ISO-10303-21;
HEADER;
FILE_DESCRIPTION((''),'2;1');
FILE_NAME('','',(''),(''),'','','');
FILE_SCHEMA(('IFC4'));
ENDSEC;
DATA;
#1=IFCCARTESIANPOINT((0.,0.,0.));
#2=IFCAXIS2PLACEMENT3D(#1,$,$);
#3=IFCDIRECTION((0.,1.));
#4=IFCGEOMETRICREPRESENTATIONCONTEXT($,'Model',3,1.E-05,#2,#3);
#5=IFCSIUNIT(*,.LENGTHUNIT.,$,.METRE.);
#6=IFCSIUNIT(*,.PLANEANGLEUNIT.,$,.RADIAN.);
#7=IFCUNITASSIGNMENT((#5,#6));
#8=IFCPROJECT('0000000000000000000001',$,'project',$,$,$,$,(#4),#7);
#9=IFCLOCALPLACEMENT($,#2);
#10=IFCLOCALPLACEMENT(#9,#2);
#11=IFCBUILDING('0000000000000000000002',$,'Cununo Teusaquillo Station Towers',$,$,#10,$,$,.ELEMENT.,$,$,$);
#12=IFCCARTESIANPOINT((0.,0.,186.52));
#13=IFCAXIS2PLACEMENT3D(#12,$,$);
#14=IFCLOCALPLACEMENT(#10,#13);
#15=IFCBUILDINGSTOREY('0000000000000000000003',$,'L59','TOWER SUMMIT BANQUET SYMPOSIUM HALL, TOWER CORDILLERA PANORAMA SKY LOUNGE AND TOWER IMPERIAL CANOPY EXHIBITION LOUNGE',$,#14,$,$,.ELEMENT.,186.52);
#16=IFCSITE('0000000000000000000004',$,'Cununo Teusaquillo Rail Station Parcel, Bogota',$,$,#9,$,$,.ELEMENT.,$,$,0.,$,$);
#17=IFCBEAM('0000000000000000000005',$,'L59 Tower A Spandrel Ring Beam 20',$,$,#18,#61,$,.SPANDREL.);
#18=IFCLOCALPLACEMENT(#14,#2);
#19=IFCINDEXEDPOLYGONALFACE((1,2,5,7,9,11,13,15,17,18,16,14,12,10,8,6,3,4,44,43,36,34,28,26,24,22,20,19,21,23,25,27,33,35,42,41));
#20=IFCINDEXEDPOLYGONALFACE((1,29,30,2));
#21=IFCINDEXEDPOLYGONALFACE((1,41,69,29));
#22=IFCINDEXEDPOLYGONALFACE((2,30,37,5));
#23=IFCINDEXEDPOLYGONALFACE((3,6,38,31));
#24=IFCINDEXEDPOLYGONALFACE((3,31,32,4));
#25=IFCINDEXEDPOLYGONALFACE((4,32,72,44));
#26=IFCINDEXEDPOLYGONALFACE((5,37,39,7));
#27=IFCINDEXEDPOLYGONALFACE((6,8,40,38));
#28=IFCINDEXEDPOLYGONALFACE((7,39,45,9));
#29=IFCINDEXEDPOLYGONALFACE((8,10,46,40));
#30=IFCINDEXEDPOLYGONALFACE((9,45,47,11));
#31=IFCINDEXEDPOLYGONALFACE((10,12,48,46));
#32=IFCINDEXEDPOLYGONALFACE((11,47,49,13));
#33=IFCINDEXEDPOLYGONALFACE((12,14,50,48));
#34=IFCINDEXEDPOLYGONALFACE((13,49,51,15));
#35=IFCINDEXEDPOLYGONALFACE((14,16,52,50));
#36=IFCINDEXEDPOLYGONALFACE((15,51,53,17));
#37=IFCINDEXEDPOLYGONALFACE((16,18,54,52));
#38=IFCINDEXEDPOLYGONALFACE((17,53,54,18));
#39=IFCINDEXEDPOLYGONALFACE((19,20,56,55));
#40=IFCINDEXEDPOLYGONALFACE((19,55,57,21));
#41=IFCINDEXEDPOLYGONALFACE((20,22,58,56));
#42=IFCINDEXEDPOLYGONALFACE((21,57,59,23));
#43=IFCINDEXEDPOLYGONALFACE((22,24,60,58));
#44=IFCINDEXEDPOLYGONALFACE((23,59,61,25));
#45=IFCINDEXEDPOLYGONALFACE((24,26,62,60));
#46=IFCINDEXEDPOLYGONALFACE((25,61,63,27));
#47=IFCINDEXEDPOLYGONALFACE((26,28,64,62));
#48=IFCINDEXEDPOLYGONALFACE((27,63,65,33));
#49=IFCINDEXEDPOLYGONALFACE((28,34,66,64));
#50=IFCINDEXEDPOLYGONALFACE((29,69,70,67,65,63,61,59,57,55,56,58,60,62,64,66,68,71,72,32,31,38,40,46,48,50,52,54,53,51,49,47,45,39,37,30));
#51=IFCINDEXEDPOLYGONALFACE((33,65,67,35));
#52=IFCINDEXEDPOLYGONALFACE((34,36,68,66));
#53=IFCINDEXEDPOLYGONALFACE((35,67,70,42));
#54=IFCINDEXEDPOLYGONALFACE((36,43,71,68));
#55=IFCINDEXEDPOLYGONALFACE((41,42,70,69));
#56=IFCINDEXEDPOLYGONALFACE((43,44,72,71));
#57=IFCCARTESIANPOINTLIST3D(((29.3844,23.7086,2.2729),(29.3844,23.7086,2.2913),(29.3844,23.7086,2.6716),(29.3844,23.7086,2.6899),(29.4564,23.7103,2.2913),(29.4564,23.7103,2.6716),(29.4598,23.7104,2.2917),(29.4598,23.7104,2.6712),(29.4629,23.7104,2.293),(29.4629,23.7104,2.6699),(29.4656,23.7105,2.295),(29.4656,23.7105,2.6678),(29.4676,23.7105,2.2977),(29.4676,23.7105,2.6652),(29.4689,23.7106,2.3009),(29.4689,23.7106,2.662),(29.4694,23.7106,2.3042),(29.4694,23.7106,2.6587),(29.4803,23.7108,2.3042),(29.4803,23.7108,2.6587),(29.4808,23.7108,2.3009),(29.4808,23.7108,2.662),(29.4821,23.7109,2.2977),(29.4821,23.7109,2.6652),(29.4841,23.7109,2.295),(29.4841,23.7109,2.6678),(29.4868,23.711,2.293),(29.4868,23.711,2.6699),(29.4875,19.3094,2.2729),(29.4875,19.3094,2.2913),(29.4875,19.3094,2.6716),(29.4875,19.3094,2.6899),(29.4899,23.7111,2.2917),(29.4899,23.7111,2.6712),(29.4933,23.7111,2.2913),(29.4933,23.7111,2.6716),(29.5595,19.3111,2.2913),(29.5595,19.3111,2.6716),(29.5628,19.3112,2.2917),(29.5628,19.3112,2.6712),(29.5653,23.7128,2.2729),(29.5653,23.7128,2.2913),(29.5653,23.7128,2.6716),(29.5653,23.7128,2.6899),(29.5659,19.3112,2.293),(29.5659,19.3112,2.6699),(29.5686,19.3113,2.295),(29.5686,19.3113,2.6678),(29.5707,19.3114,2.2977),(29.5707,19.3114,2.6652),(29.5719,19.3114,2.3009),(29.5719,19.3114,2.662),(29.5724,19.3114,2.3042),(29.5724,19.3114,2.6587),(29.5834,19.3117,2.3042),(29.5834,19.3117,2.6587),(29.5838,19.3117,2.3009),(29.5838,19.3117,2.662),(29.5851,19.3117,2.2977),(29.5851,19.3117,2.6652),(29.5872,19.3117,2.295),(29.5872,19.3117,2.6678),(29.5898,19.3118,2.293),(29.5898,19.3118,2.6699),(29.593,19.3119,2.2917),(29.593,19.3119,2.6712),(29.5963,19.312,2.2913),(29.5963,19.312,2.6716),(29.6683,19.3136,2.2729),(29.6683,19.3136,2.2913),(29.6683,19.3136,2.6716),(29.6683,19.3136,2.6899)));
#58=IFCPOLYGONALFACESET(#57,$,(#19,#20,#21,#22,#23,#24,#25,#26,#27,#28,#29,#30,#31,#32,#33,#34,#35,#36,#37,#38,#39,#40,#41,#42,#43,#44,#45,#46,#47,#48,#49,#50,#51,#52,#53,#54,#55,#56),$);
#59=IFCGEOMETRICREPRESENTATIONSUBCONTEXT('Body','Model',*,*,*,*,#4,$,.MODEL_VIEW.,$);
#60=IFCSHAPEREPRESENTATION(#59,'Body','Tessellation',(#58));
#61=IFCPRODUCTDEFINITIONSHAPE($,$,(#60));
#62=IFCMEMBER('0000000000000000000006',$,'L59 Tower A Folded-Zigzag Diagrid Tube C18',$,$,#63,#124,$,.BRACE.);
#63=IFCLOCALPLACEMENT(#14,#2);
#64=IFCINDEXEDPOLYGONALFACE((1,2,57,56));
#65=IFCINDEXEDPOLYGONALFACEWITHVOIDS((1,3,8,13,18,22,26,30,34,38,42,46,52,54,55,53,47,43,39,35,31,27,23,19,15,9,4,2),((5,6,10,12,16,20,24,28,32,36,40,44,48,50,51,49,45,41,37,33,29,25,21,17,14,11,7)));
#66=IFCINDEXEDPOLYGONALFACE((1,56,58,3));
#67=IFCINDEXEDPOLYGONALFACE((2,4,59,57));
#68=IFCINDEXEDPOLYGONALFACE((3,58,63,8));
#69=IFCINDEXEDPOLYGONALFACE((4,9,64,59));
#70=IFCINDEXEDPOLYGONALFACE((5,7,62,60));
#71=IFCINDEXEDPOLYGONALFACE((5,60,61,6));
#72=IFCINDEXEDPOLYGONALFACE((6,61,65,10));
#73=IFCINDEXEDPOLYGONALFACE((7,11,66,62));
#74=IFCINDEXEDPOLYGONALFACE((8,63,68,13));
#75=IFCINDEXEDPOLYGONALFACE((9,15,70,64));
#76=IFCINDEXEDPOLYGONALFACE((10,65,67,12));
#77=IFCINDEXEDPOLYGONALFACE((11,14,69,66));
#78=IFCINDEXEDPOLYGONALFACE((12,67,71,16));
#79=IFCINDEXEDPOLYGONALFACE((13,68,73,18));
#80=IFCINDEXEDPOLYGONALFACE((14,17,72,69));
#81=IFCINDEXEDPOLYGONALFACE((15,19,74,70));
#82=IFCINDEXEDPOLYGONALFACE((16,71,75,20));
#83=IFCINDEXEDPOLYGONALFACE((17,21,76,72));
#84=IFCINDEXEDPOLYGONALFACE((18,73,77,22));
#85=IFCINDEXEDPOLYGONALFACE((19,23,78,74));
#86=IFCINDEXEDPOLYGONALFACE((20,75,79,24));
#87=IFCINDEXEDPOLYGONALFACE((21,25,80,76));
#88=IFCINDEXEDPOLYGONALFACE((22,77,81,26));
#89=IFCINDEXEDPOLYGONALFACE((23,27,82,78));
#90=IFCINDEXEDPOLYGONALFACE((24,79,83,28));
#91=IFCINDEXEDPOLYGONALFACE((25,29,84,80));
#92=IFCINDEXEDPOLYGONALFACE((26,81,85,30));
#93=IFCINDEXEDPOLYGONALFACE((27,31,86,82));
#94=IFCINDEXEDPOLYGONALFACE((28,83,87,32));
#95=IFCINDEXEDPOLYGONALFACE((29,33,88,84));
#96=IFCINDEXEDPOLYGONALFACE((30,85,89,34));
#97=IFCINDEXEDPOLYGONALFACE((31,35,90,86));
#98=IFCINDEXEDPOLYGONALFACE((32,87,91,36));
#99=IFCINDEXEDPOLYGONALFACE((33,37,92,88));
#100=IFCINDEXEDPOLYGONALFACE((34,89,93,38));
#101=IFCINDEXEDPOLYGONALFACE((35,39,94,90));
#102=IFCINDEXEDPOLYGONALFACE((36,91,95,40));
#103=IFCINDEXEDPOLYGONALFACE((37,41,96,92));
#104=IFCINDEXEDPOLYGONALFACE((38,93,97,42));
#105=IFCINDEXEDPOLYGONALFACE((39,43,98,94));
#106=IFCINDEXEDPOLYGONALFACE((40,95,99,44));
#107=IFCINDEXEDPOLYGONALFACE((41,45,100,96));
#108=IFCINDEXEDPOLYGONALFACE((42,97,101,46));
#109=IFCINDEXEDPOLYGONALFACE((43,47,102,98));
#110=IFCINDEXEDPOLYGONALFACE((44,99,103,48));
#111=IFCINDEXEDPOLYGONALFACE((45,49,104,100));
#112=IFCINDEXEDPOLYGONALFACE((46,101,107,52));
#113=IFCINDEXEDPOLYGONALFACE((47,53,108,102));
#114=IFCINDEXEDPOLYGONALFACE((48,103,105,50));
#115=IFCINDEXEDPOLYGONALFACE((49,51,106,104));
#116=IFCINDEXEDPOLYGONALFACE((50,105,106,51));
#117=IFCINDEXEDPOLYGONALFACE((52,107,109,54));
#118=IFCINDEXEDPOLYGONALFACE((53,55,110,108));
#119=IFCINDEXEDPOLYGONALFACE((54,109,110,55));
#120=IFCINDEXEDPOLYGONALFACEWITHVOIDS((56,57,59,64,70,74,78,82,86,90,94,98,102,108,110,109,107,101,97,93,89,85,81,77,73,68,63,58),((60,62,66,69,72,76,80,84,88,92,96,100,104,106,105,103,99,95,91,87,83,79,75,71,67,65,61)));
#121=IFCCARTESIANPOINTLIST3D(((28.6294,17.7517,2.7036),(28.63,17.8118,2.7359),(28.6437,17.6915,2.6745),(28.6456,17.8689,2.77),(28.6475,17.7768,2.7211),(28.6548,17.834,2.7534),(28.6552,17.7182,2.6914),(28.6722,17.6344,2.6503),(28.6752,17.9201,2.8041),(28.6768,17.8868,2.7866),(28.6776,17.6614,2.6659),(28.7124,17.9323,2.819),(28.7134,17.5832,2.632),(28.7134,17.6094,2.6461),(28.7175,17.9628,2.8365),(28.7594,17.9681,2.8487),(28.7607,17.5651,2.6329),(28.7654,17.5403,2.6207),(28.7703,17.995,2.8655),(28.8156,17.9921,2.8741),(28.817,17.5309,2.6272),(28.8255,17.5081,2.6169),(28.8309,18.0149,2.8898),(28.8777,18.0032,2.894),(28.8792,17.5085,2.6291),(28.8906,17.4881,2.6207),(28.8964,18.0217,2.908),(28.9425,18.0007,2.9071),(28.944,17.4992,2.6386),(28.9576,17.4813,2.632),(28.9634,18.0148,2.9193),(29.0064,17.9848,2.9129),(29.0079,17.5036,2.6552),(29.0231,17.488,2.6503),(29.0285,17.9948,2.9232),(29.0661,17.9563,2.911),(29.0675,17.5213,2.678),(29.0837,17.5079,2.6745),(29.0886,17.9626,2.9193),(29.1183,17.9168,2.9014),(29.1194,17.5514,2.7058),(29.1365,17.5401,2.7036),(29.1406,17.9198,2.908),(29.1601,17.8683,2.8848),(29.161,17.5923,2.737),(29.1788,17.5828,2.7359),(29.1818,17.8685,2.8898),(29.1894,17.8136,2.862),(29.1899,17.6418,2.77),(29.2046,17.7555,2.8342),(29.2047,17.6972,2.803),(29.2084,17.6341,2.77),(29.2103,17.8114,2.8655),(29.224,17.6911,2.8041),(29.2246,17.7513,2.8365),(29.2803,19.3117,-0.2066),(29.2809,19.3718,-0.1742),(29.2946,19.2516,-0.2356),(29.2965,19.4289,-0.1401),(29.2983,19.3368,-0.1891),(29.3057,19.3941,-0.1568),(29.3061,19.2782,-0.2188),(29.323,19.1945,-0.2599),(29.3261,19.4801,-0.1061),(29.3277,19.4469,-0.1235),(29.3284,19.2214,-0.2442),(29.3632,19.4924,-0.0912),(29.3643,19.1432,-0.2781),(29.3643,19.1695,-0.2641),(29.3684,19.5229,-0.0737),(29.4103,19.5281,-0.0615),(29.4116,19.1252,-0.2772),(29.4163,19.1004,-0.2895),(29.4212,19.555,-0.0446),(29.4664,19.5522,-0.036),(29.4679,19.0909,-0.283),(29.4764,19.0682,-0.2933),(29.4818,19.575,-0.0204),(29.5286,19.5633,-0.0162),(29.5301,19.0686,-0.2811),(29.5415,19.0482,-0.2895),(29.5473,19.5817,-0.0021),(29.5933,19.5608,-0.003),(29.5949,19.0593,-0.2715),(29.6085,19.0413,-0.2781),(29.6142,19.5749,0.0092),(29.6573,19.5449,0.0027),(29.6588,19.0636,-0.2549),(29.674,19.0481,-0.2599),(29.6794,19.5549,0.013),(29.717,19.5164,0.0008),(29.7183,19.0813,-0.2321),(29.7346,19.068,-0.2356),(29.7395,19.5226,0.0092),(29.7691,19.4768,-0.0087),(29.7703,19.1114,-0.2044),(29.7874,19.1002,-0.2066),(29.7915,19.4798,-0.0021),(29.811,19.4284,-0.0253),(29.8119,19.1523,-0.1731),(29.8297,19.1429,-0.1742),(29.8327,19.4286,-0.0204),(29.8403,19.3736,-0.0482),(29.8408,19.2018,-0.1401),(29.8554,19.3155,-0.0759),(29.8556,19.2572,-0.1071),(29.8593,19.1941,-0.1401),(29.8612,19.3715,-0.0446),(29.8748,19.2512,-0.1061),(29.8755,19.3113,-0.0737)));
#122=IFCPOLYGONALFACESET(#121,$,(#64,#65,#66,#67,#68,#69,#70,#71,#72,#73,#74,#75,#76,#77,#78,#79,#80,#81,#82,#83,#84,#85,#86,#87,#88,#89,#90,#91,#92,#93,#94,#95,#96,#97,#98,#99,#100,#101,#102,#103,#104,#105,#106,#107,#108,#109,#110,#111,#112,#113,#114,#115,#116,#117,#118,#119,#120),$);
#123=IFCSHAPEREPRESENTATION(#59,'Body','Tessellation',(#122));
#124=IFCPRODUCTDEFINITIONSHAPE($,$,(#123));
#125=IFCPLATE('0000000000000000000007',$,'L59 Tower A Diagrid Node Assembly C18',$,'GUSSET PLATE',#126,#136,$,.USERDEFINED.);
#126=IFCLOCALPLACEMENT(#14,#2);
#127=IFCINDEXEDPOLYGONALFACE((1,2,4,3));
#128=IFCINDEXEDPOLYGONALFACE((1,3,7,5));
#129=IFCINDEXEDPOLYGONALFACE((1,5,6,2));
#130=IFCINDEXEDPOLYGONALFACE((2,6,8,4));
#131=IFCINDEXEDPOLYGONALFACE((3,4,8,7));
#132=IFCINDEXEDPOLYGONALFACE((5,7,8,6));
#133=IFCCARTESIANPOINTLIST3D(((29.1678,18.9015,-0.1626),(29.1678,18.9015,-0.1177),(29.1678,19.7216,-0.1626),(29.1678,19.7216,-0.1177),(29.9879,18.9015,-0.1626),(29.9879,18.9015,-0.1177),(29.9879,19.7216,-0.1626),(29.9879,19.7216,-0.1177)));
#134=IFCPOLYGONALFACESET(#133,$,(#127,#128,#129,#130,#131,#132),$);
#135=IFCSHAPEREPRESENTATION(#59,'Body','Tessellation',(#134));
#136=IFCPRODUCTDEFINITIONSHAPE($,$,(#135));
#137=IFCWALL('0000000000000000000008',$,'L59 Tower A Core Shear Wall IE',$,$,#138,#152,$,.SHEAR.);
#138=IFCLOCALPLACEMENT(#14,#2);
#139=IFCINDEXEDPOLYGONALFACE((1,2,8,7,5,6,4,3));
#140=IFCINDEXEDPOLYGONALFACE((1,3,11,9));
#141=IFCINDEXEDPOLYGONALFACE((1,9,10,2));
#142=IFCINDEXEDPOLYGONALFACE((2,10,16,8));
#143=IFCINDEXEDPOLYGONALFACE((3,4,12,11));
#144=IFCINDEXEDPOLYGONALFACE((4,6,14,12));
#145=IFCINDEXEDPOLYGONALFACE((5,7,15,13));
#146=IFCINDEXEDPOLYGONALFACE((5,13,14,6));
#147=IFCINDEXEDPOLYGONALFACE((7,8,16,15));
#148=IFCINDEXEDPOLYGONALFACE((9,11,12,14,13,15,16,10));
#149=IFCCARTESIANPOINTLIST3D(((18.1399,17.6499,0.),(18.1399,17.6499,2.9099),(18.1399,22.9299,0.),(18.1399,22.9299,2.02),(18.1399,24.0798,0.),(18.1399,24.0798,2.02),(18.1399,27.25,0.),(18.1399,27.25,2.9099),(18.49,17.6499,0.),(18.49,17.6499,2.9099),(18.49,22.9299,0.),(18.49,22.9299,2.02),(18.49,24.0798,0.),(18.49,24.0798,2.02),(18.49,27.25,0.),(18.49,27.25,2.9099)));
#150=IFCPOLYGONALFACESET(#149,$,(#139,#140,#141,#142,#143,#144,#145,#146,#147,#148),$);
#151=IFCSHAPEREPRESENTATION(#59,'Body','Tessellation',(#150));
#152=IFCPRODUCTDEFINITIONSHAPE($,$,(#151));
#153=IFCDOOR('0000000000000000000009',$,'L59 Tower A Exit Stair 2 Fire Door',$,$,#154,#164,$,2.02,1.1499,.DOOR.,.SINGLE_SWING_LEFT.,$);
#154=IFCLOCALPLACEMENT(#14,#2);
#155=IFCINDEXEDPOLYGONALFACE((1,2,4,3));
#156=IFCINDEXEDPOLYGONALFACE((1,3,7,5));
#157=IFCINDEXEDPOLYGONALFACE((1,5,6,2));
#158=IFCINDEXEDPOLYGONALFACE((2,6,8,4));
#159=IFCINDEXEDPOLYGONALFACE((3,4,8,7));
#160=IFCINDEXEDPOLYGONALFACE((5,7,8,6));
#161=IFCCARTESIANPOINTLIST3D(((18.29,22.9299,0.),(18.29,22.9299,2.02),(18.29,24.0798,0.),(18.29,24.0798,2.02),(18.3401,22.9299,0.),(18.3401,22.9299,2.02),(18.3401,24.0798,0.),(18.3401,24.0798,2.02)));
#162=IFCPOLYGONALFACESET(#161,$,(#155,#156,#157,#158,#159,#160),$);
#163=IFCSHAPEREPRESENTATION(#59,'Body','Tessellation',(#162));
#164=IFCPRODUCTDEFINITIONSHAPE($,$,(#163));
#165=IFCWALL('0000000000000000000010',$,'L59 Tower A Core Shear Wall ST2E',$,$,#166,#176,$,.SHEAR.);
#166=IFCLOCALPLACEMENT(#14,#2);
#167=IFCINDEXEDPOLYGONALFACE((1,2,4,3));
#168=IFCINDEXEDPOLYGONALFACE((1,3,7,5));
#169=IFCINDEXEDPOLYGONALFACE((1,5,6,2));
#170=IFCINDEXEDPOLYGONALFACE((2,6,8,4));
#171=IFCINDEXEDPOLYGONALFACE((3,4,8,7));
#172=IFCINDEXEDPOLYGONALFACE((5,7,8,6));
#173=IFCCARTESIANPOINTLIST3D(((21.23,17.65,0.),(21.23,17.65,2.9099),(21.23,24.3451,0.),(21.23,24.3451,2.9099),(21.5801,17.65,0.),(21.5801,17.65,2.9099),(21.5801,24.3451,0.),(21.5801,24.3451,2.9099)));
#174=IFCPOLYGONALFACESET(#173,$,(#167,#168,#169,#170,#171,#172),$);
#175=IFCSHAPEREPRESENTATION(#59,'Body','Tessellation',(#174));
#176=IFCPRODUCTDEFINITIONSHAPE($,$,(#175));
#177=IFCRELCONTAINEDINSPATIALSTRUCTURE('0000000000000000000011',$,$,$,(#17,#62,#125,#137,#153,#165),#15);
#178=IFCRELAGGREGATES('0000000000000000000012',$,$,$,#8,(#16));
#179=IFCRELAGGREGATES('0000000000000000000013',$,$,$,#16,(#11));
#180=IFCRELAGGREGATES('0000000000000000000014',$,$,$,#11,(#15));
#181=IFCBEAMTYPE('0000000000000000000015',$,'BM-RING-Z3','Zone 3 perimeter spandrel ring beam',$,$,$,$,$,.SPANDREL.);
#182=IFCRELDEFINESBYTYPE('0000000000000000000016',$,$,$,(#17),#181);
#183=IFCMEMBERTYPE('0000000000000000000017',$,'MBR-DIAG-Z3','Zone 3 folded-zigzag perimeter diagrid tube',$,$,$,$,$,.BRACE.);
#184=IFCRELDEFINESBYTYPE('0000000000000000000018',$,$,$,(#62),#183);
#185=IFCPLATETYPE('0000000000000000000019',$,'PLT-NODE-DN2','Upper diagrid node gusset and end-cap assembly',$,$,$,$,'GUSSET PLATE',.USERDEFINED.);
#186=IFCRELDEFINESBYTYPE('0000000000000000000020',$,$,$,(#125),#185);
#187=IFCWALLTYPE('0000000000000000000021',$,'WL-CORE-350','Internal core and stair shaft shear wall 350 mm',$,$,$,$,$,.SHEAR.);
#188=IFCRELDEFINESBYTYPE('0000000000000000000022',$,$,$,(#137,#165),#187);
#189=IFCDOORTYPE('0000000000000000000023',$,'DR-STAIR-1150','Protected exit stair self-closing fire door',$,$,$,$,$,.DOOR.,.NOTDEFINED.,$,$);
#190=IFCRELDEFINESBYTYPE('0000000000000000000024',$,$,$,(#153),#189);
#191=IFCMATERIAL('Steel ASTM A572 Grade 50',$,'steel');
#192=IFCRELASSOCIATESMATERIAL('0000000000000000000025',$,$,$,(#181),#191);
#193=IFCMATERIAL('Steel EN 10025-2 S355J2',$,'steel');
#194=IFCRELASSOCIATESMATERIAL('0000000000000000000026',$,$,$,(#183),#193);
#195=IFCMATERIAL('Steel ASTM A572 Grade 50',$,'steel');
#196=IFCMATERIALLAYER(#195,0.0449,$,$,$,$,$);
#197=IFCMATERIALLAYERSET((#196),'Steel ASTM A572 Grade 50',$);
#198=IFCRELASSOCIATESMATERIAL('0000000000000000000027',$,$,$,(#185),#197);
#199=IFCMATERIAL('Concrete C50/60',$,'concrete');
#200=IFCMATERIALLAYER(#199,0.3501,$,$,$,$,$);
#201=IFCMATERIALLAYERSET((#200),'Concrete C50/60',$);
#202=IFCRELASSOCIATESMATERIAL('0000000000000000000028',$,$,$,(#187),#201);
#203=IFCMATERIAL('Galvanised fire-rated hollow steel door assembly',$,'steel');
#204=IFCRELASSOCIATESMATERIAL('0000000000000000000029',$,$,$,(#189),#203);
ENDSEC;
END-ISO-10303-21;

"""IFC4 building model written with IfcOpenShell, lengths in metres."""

from ifc_helpers import new_model, si_unit, direction, frame, frame_2d, origin, origin_2d, place, context, subcontext, project, spatial, rectangle, hollow_circle, i_section, extrude, source, transform, mapped, material, layer, layer_set, material_profile, profile_set, type_object, element, fill, save


model = new_model("IFC4")

# Units and contexts
model_context = context("Model", 3, precision=1e-05, world=origin(), true_north=direction((0.0, 1.0)))
body_context = subcontext(model_context, "Body", "Model", "MODEL_VIEW")
ifc_project = project(units=[si_unit("LENGTHUNIT", "METRE"), si_unit("PLANEANGLEUNIT", "RADIAN")], contexts=[model_context])

# Site, building, storey
site_placement = place(None, origin())
site = spatial("IfcSite", under=ifc_project, at=site_placement, Name="Cununo Teusaquillo Rail Station Parcel, Bogota", CompositionType="ELEMENT", RefElevation=0.0)
building_placement = place(site_placement, origin())
building = spatial("IfcBuilding", under=site, at=building_placement, Name="Cununo Teusaquillo Station Towers", CompositionType="ELEMENT")
storey_placement = place(building_placement, frame((0.0, 0.0, 186.52)))
storey = spatial("IfcBuildingStorey", under=building, at=storey_placement, Name="L59", Description="TOWER SUMMIT BANQUET SYMPOSIUM HALL, TOWER CORDILLERA PANORAMA SKY LOUNGE AND TOWER IMPERIAL CANOPY EXHIBITION LOUNGE", CompositionType="ELEMENT", Elevation=186.52)

# Beam
ifc_material_1 = material(Name="Steel ASTM A572 Grade 50", Category="steel")
ifc_material_profile_1 = material_profile(ifc_material_1, i_section(OverallWidth=0.1809, OverallDepth=0.417, WebThickness=0.011, FlangeThickness=0.0183, FilletRadius=0.0129, at=origin_2d()), Name="W16X57")
ifc_profile_set_1 = profile_set([ifc_material_profile_1], Name="Steel ASTM A572 Grade 50")
beam_type_1 = type_object("IfcBeamType", Name="BM-RING-Z3", Description="Zone 3 perimeter spandrel ring beam", PredefinedType="SPANDREL", material=ifc_profile_set_1)
beam_1_placement = place(storey_placement, frame((29.5779, 19.3115, 2.4814), z_axis=(-0.023413, 0.999726, 0.0), x_axis=(-0.999726, -0.023413, 0.0)))
element("IfcBeam", 1, at=beam_1_placement, inside=storey, type_object=beam_type_1, Name="L59 Tower A Spandrel Ring Beam 20", PredefinedType="SPANDREL", context=body_context, shape_type="SweptSolid", body=[
    extrude(i_section(OverallWidth=0.1809, OverallDepth=0.417, WebThickness=0.011, FlangeThickness=0.0183, FilletRadius=0.0129, at=origin_2d()), origin(), (0.0, 0.0, 1.0), 4.4004),
])

# Member
ifc_material_2 = material(Name="Steel EN 10025-2 S355J2", Category="steel")
ifc_material_profile_2 = material_profile(ifc_material_2, hollow_circle(Radius=0.3049, WallThickness=0.02, at=origin_2d()), Name="CHS 610x20")
ifc_profile_set_2 = profile_set([ifc_material_profile_2], Name="Steel EN 10025-2 S355J2")
member_type = type_object("IfcMemberType", Name="MBR-DIAG-Z3", Description="Zone 3 folded-zigzag perimeter diagrid tube", PredefinedType="BRACE", material=ifc_profile_set_2)
member_placement = place(storey_placement, frame((29.5779, 19.3115, -0.1401), z_axis=(-0.193399, -0.463548, 0.864708), x_axis=(0.922897, -0.385046, 0.0)))
element("IfcMember", 2, at=member_placement, inside=storey, type_object=member_type, Name="L59 Tower A Folded-Zigzag Diagrid Tube C18", PredefinedType="BRACE", context=body_context, shape_type="SweptSolid", body=[
    extrude(hollow_circle(Radius=0.3049, WallThickness=0.02, at=origin_2d()), origin(), (0.0, 0.0, 1.0), 3.3655),
])

# Plate
ifc_material_3 = material(Name="Steel ASTM A572 Grade 50", Category="steel")
ifc_layer_1 = layer(ifc_material_3, 0.0449)
ifc_layer_set_1 = layer_set([ifc_layer_1], Name="Steel ASTM A572 Grade 50")
plate_type = type_object("IfcPlateType", Name="PLT-NODE-DN2", Description="Upper diagrid node gusset and end-cap assembly", ElementType="GUSSET PLATE", PredefinedType="USERDEFINED", material=ifc_layer_set_1)
shared_shape_1 = source(origin(), body_context, "Body", "SweptSolid", [
    extrude(rectangle(XDim=0.8201, YDim=0.8201, at=origin_2d()), origin(), (0.0, 0.0, 1.0), 0.0449),
])
plate_placement = place(storey_placement, frame((29.5779, 19.3115, -0.1626), z_axis=(0.0, 0.0, 1.0), x_axis=(1.0, 0.0, 0.0)))
element("IfcPlate", 3, at=plate_placement, inside=storey, type_object=plate_type, Name="L59 Tower A Diagrid Node Assembly C18", ObjectType="GUSSET PLATE", PredefinedType="USERDEFINED", context=body_context, shape_type="MappedRepresentation", body=[
    mapped(shared_shape_1, transform((0.0, 0.0, 0.0), x_axis=(1.0, 0.0, 0.0), y_axis=(0.0, 1.0, 0.0), z_axis=(0.0, 0.0, 1.0), scale=1.0)),
])

# Wall, opening, door
ifc_material_4 = material(Name="Concrete C50/60", Category="concrete")
ifc_layer_2 = layer(ifc_material_4, 0.3501)
ifc_layer_set_2 = layer_set([ifc_layer_2], Name="Concrete C50/60")
wall_type_1 = type_object("IfcWallType", Name="WL-CORE-350", Description="Internal core and stair shaft shear wall 350 mm", PredefinedType="SHEAR", material=ifc_layer_set_2)
wall_1_placement = place(storey_placement, frame((18.3149, 17.6499, 0.0), z_axis=(0.0, 0.0, 1.0), x_axis=(0.0, 1.0, 0.0)))
wall_1 = element("IfcWall", 4, at=wall_1_placement, inside=storey, type_object=wall_type_1, Name="L59 Tower A Core Shear Wall IE", PredefinedType="SHEAR", context=body_context, shape_type="SweptSolid", body=[
    extrude(rectangle(XDim=9.6001, YDim=0.3501, at=frame_2d((4.8, 0.0))), origin(), (0.0, 0.0, 1.0), 2.9099),
])
shared_shape_2 = source(origin(), body_context, "Body", "SweptSolid", [
    extrude(rectangle(XDim=1.1499, YDim=2.02, at=frame_2d((0.575, 1.01))), frame((0.0, 0.1851, 0.0), z_axis=(0.0, -1.0, 0.0), x_axis=(1.0, 0.0, 0.0)), (0.0, 0.0, 1.0), 0.3701),
])
opening_1_placement = place(wall_1_placement, frame((5.28, 0.0, 0.0)))
opening_1 = element("IfcOpeningElement", 5, at=opening_1_placement, cuts=wall_1, PredefinedType="OPENING", context=body_context, shape_type="MappedRepresentation", body=[
    mapped(shared_shape_2, transform((0.0, 0.0, 0.0), x_axis=(1.0, 0.0, 0.0), y_axis=(0.0, 1.0, 0.0), z_axis=(0.0, 0.0, 1.0), scale=1.0)),
])
ifc_material_5 = material(Name="Galvanised fire-rated hollow steel door assembly", Category="steel")
door_type_1 = type_object("IfcDoorType", Name="DR-STAIR-1150", Description="Protected exit stair self-closing fire door", OperationType="NOTDEFINED", PredefinedType="DOOR", material=ifc_material_5)
shared_shape_3 = source(origin(), body_context, "Body", "SweptSolid", [
    extrude(rectangle(XDim=1.1499, YDim=2.02, at=frame_2d((0.575, 1.01))), frame((0.0, 0.0249, 0.0), z_axis=(0.0, -1.0, 0.0), x_axis=(1.0, 0.0, 0.0)), (0.0, 0.0, 1.0), 0.05),
])
door_1_placement = place(opening_1_placement, origin())
door_1 = element("IfcDoor", 6, at=door_1_placement, inside=storey, type_object=door_type_1, Name="L59 Tower A Exit Stair 2 Fire Door", OperationType="SINGLE_SWING_LEFT", OverallHeight=2.02, OverallWidth=1.1499, PredefinedType="DOOR", context=body_context, shape_type="MappedRepresentation", body=[
    mapped(shared_shape_3, transform((0.0, 0.0, 0.0), x_axis=(1.0, 0.0, 0.0), y_axis=(0.0, 1.0, 0.0), z_axis=(0.0, 0.0, 1.0), scale=1.0)),
])
fill(opening_1, door_1)

# Wall
wall_2_placement = place(storey_placement, frame((21.405, 17.6499, 0.0), z_axis=(0.0, 0.0, 1.0), x_axis=(0.0, 1.0, 0.0)))
element("IfcWall", 7, at=wall_2_placement, inside=storey, type_object=wall_type_1, Name="L59 Tower A Core Shear Wall ST2E", PredefinedType="SHEAR", context=body_context, shape_type="SweptSolid", body=[
    extrude(rectangle(XDim=6.6951, YDim=0.3501, at=frame_2d((3.3477, 0.0))), origin(), (0.0, 0.0, 1.0), 2.9099),
])

save(model, "model.ifc")
